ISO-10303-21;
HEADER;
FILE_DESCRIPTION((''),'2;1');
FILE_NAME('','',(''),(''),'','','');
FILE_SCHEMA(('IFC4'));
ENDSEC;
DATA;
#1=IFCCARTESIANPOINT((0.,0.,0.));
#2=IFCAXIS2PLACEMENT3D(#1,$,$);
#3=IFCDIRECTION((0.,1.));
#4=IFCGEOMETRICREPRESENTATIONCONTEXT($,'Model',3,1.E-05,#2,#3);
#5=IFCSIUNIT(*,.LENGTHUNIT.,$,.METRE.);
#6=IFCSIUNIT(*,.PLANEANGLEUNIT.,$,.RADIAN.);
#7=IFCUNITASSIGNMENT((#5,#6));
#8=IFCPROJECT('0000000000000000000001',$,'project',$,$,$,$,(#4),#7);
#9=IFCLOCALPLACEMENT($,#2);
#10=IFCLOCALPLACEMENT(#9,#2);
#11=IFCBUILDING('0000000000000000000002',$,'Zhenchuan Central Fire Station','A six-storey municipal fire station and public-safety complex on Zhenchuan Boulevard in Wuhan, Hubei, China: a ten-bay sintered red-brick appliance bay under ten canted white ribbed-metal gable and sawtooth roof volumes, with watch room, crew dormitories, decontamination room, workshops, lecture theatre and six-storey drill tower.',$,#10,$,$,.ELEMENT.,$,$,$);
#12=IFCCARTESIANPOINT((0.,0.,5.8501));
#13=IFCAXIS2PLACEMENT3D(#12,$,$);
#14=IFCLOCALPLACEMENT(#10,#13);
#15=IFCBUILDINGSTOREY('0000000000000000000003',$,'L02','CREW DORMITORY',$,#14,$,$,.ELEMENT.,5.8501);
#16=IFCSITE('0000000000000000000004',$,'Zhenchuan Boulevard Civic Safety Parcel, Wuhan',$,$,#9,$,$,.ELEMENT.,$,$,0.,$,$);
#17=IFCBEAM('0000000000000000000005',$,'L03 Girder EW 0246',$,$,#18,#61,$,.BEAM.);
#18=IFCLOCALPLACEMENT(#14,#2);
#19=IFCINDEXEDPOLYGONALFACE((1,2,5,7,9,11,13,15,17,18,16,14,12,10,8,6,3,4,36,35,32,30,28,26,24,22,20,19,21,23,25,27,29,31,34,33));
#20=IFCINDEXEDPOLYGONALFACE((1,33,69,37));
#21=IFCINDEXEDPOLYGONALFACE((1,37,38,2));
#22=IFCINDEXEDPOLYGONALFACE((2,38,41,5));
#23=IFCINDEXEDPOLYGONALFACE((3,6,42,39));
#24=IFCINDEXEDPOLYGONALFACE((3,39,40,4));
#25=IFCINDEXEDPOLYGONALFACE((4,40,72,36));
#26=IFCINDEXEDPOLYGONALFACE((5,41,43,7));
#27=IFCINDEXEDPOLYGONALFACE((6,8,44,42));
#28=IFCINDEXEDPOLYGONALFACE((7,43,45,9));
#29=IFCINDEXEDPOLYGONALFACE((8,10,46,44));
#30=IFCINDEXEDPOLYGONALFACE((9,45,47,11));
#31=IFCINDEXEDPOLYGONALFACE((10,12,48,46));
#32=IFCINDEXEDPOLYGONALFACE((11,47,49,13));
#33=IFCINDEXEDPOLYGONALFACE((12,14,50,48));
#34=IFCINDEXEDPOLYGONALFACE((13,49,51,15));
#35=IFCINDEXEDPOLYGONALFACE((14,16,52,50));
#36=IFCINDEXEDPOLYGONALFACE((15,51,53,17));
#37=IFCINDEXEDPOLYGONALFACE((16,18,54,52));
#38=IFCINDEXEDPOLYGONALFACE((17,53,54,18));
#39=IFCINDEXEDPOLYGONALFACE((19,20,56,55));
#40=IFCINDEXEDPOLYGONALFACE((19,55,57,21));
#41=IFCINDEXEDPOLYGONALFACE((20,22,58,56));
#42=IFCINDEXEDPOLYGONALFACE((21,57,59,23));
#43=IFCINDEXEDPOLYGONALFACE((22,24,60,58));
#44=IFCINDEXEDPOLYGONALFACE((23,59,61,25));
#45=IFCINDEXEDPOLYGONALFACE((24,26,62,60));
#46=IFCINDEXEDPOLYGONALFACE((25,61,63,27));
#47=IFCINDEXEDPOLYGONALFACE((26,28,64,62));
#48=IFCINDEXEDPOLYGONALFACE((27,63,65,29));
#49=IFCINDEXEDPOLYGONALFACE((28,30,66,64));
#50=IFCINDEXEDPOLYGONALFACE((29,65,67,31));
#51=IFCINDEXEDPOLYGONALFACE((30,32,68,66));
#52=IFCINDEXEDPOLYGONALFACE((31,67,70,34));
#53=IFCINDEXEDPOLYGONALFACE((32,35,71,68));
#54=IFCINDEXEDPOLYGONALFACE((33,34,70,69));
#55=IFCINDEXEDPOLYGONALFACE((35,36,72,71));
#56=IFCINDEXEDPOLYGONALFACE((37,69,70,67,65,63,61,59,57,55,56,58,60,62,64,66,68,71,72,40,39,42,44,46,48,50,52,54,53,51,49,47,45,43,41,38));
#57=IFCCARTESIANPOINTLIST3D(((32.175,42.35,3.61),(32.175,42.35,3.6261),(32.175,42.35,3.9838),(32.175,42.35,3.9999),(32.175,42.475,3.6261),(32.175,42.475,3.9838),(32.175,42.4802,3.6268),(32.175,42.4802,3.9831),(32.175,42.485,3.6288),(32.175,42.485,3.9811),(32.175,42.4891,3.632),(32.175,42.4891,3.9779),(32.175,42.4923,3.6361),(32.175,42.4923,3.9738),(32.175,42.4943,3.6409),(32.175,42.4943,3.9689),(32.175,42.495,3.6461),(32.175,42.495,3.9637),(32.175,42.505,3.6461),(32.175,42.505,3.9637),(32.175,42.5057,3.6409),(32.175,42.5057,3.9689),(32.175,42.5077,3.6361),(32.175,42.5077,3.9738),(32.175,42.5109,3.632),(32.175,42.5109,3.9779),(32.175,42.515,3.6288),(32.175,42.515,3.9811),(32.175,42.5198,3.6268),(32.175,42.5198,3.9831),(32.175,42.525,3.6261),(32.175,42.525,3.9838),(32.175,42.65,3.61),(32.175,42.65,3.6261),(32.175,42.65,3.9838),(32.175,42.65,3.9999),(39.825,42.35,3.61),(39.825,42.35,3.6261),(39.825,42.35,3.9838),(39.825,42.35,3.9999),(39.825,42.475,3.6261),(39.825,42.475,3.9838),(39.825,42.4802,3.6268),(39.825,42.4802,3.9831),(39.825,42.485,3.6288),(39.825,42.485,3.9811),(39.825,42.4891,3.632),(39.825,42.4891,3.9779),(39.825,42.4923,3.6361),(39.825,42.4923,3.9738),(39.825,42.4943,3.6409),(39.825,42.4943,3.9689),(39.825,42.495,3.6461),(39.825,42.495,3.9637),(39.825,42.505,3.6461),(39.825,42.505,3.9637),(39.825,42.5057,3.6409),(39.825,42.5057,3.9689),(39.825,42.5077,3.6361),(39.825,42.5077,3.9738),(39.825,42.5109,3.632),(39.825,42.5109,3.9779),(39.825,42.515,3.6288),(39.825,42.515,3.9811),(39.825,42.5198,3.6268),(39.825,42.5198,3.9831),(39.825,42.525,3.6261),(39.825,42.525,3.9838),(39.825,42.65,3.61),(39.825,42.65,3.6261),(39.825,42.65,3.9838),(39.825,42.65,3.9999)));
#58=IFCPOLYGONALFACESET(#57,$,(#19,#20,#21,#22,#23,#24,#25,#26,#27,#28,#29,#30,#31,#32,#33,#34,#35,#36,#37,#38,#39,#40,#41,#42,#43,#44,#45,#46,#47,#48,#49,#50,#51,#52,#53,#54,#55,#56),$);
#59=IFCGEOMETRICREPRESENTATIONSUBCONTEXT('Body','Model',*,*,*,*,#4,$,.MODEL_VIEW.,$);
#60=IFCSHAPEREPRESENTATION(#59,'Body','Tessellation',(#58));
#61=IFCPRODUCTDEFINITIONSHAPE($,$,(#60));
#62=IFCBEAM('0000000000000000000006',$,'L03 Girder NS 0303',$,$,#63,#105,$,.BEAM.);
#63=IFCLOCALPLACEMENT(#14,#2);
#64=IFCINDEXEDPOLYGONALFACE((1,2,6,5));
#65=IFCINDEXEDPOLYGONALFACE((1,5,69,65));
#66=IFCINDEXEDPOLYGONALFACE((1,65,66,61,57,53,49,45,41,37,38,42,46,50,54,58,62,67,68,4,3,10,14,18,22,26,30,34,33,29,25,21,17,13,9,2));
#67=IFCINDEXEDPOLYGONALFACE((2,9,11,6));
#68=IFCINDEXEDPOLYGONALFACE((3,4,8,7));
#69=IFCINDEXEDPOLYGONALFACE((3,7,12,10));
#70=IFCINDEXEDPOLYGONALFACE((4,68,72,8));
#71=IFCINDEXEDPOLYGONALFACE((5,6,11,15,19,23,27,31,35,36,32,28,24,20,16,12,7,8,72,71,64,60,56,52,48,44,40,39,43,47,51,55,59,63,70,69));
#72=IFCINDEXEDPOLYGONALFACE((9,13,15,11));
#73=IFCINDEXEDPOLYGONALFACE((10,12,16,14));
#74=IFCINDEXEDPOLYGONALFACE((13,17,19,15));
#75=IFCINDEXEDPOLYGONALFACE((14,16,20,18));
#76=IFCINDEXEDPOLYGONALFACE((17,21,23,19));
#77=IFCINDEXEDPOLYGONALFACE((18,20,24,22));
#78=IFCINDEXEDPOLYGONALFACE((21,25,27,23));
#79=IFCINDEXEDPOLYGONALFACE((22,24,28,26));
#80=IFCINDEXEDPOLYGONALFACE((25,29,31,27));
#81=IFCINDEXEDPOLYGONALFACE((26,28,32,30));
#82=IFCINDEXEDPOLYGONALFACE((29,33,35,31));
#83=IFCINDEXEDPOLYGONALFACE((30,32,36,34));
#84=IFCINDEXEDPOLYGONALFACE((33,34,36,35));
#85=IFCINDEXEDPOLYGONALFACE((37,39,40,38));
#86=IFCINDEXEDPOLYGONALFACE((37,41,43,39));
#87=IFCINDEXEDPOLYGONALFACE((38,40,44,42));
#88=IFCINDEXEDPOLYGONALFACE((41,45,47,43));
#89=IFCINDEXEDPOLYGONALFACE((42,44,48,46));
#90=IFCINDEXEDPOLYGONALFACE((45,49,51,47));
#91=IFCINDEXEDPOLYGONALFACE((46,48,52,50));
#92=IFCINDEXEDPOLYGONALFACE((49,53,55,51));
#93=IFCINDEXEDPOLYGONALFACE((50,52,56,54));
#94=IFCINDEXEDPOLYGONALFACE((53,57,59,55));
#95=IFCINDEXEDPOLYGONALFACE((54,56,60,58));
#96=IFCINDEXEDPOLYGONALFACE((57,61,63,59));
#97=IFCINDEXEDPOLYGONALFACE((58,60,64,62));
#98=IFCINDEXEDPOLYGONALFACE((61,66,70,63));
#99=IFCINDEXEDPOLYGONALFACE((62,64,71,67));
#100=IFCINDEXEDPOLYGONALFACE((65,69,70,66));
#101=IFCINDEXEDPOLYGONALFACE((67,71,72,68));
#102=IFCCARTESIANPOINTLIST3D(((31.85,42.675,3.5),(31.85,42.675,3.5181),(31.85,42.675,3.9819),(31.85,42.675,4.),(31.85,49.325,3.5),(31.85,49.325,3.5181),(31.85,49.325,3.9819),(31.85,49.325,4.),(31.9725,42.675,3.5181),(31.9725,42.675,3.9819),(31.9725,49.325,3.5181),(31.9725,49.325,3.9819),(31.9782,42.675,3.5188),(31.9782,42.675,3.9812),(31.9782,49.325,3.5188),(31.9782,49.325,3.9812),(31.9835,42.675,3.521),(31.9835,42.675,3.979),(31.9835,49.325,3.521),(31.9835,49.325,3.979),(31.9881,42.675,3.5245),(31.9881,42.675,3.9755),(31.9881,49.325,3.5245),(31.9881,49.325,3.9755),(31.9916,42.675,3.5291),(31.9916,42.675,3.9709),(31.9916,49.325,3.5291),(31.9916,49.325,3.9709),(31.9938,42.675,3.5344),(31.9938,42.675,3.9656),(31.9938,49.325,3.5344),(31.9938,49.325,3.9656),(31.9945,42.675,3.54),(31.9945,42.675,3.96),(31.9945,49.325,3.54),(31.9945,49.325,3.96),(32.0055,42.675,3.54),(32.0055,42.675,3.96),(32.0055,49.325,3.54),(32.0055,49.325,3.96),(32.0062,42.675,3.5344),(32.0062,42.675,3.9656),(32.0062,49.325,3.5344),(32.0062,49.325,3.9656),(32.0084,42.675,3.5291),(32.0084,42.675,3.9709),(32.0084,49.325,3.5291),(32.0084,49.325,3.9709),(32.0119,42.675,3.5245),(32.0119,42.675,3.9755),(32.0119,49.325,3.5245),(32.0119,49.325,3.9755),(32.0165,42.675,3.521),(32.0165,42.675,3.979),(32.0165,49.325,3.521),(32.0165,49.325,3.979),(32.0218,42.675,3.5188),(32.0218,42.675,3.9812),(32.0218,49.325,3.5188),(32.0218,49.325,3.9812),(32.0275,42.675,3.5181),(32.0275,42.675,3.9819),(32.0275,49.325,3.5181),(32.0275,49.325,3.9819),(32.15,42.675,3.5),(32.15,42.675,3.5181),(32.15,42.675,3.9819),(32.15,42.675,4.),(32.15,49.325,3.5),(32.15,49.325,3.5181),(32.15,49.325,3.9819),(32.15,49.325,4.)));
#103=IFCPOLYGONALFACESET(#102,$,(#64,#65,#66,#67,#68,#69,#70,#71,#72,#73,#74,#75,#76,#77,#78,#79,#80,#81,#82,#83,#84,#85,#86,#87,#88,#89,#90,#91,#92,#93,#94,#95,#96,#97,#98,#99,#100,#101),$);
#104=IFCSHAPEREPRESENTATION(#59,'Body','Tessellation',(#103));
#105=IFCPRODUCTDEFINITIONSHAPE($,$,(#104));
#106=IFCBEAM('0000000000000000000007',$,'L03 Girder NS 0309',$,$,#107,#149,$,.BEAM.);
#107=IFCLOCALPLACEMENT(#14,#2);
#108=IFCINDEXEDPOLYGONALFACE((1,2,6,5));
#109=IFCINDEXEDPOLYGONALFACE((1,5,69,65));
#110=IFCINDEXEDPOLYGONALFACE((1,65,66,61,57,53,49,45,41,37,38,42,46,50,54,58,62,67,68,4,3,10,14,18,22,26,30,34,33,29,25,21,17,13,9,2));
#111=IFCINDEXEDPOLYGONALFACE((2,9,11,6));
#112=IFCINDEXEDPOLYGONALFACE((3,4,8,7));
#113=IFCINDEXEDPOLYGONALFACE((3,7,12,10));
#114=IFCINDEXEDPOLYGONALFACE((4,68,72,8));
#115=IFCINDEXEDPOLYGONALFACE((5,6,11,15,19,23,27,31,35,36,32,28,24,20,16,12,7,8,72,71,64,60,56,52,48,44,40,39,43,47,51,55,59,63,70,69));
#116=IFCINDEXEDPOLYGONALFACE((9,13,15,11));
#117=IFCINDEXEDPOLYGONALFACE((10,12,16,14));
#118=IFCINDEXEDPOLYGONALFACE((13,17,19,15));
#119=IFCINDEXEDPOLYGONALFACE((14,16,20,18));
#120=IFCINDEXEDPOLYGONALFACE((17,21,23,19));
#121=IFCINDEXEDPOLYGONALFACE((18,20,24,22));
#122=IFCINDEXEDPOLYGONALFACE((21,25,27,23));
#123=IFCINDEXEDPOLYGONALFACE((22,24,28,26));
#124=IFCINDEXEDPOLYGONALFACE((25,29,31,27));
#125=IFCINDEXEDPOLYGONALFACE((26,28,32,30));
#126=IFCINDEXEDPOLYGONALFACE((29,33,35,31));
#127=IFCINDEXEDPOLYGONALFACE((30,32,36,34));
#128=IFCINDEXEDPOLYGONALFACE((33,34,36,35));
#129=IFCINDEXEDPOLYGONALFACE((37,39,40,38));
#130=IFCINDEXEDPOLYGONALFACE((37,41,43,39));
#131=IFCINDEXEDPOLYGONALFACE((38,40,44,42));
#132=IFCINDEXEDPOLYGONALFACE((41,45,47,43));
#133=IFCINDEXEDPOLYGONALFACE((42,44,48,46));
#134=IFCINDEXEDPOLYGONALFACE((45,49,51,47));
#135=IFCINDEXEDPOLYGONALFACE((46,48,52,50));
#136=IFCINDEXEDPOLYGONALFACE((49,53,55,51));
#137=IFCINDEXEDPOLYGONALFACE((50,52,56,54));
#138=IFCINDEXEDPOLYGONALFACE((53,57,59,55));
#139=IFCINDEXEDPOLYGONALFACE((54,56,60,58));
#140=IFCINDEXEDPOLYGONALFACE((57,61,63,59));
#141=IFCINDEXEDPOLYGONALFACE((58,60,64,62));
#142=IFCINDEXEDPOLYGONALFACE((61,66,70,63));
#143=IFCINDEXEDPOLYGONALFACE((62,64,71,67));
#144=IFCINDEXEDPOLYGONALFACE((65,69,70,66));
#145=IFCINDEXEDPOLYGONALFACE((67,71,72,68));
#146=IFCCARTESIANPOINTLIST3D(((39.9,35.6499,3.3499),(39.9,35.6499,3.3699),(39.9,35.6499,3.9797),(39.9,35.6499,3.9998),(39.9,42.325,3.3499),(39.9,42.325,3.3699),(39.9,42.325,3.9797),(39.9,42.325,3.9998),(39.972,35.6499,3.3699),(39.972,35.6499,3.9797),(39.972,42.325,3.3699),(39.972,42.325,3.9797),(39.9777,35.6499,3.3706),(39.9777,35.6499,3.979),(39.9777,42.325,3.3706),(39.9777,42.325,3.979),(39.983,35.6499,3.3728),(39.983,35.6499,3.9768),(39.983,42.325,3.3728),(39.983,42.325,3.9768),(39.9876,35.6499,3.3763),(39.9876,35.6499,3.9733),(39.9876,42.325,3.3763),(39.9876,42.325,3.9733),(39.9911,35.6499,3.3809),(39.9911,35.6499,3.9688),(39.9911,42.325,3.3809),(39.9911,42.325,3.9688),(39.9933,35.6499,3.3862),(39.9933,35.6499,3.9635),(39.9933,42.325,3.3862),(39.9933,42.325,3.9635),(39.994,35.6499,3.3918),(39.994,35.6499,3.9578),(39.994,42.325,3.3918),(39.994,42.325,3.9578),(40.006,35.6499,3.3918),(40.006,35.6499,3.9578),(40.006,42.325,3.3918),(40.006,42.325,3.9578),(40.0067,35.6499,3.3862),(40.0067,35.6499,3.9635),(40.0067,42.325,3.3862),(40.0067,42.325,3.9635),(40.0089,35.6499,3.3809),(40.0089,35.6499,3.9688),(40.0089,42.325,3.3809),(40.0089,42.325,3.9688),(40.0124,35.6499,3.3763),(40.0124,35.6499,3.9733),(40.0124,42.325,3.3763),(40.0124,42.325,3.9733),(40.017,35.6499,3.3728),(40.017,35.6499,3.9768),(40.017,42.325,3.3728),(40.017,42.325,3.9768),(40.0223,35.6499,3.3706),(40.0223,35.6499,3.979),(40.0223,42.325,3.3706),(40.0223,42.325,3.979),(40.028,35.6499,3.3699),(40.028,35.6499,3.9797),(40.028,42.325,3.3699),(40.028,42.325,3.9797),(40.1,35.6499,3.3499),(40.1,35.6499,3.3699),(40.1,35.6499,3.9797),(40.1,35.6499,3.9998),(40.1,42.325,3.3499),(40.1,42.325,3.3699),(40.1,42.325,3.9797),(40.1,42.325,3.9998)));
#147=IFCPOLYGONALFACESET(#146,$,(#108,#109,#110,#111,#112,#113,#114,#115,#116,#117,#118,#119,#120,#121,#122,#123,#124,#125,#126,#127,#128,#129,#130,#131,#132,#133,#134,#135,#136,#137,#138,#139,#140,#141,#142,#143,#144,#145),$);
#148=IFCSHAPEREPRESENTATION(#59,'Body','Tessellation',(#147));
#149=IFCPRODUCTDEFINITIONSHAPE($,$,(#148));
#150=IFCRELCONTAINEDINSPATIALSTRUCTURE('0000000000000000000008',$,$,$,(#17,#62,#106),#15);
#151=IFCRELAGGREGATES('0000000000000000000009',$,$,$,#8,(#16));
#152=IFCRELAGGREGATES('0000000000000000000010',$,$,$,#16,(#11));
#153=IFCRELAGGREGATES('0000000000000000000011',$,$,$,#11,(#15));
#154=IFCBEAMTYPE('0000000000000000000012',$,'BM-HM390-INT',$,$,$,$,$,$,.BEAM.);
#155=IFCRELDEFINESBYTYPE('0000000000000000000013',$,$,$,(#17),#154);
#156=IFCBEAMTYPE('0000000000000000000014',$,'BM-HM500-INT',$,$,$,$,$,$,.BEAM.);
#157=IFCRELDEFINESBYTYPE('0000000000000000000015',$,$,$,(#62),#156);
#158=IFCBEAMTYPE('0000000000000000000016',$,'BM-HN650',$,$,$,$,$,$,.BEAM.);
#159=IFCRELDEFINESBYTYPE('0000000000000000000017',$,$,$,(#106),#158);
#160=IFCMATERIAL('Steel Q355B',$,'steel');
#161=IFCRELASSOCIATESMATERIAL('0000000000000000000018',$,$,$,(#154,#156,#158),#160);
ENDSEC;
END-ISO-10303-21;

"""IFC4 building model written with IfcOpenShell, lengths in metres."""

from ifc_helpers import new_model, si_unit, direction, frame, origin, origin_2d, place, context, subcontext, project, spatial, i_section, extrude, material, material_profile, profile_set, type_object, element, save


model = new_model("IFC4")

# Units and contexts
model_context = context("Model", 3, precision=1e-05, world=origin(), true_north=direction((0.0, 1.0)))
body_context = subcontext(model_context, "Body", "Model", "MODEL_VIEW")
ifc_project = project(units=[si_unit("LENGTHUNIT", "METRE"), si_unit("PLANEANGLEUNIT", "RADIAN")], contexts=[model_context])

# Site, building, storey
site_placement = place(None, origin())
site = spatial("IfcSite", under=ifc_project, at=site_placement, Name="Zhenchuan Boulevard Civic Safety Parcel, Wuhan", CompositionType="ELEMENT", RefElevation=0.0)
building_placement = place(site_placement, origin())
building = spatial("IfcBuilding", under=site, at=building_placement, Name="Zhenchuan Central Fire Station", Description="A six-storey municipal fire station and public-safety complex on Zhenchuan Boulevard in Wuhan, Hubei, China: a ten-bay sintered red-brick appliance bay under ten canted white ribbed-metal gable and sawtooth roof volumes, with watch room, crew dormitories, decontamination room, workshops, lecture theatre and six-storey drill tower.", CompositionType="ELEMENT")
storey_placement = place(building_placement, frame((0.0, 0.0, 5.8501)))
storey = spatial("IfcBuildingStorey", under=building, at=storey_placement, Name="L02", Description="CREW DORMITORY", CompositionType="ELEMENT", Elevation=5.8501)

# Shared definitions
ifc_material_1 = material(Name="Steel Q355B", Category="steel")

# Beams
ifc_material_profile_1 = material_profile(ifc_material_1, i_section(OverallWidth=0.3, OverallDepth=0.3899, WebThickness=0.01, FlangeThickness=0.0161, FilletRadius=0.02, at=origin_2d()), Name="HM 390x300")
ifc_profile_set_1 = profile_set([ifc_material_profile_1], Name="Steel Q355B")
beam_type_1 = type_object("IfcBeamType", Name="BM-HM390-INT", PredefinedType="BEAM", material=ifc_profile_set_1)
beam_1_placement = place(storey_placement, frame((32.175, 42.5, 3.8049), z_axis=(1.0, 0.0, 0.0), x_axis=(0.0, 1.0, 0.0)))
element("IfcBeam", 1, at=beam_1_placement, inside=storey, type_object=beam_type_1, Name="L03 Girder EW 0246", PredefinedType="BEAM", context=body_context, shape_type="SweptSolid", body=[
    extrude(i_section(OverallWidth=0.3, OverallDepth=0.3899, WebThickness=0.01, FlangeThickness=0.0161, FilletRadius=0.02, at=origin_2d()), origin(), (0.0, 0.0, 1.0), 7.6499),
])
ifc_material_profile_2 = material_profile(ifc_material_1, i_section(OverallWidth=0.3, OverallDepth=0.5, WebThickness=0.011, FlangeThickness=0.0181, FilletRadius=0.022, at=origin_2d()), Name="HM 500x300")
ifc_profile_set_2 = profile_set([ifc_material_profile_2], Name="Steel Q355B")
beam_type_2 = type_object("IfcBeamType", Name="BM-HM500-INT", PredefinedType="BEAM", material=ifc_profile_set_2)
beam_2_placement = place(storey_placement, frame((32.0, 42.675, 3.75), z_axis=(0.0, 1.0, 0.0), x_axis=(-1.0, 0.0, 0.0)))
element("IfcBeam", 2, at=beam_2_placement, inside=storey, type_object=beam_type_2, Name="L03 Girder NS 0303", PredefinedType="BEAM", context=body_context, shape_type="SweptSolid", body=[
    extrude(i_section(OverallWidth=0.3, OverallDepth=0.5, WebThickness=0.011, FlangeThickness=0.0181, FilletRadius=0.022, at=origin_2d()), origin(), (0.0, 0.0, 1.0), 6.6499),
])
ifc_material_profile_3 = material_profile(ifc_material_1, i_section(OverallWidth=0.2, OverallDepth=0.6499, WebThickness=0.012, FlangeThickness=0.02, FilletRadius=0.022, at=origin_2d()), Name="HN 650x200")
ifc_profile_set_3 = profile_set([ifc_material_profile_3], Name="Steel Q355B")
beam_type_3 = type_object("IfcBeamType", Name="BM-HN650", PredefinedType="BEAM", material=ifc_profile_set_3)
beam_3_placement = place(storey_placement, frame((40.0, 35.6499, 3.6748), z_axis=(0.0, 1.0, 0.0), x_axis=(-1.0, 0.0, 0.0)))
element("IfcBeam", 3, at=beam_3_placement, inside=storey, type_object=beam_type_3, Name="L03 Girder NS 0309", PredefinedType="BEAM", context=body_context, shape_type="SweptSolid", body=[
    extrude(i_section(OverallWidth=0.2, OverallDepth=0.6499, WebThickness=0.012, FlangeThickness=0.02, FilletRadius=0.022, at=origin_2d()), origin(), (0.0, 0.0, 1.0), 6.675),
])

save(model, "model.ifc")
